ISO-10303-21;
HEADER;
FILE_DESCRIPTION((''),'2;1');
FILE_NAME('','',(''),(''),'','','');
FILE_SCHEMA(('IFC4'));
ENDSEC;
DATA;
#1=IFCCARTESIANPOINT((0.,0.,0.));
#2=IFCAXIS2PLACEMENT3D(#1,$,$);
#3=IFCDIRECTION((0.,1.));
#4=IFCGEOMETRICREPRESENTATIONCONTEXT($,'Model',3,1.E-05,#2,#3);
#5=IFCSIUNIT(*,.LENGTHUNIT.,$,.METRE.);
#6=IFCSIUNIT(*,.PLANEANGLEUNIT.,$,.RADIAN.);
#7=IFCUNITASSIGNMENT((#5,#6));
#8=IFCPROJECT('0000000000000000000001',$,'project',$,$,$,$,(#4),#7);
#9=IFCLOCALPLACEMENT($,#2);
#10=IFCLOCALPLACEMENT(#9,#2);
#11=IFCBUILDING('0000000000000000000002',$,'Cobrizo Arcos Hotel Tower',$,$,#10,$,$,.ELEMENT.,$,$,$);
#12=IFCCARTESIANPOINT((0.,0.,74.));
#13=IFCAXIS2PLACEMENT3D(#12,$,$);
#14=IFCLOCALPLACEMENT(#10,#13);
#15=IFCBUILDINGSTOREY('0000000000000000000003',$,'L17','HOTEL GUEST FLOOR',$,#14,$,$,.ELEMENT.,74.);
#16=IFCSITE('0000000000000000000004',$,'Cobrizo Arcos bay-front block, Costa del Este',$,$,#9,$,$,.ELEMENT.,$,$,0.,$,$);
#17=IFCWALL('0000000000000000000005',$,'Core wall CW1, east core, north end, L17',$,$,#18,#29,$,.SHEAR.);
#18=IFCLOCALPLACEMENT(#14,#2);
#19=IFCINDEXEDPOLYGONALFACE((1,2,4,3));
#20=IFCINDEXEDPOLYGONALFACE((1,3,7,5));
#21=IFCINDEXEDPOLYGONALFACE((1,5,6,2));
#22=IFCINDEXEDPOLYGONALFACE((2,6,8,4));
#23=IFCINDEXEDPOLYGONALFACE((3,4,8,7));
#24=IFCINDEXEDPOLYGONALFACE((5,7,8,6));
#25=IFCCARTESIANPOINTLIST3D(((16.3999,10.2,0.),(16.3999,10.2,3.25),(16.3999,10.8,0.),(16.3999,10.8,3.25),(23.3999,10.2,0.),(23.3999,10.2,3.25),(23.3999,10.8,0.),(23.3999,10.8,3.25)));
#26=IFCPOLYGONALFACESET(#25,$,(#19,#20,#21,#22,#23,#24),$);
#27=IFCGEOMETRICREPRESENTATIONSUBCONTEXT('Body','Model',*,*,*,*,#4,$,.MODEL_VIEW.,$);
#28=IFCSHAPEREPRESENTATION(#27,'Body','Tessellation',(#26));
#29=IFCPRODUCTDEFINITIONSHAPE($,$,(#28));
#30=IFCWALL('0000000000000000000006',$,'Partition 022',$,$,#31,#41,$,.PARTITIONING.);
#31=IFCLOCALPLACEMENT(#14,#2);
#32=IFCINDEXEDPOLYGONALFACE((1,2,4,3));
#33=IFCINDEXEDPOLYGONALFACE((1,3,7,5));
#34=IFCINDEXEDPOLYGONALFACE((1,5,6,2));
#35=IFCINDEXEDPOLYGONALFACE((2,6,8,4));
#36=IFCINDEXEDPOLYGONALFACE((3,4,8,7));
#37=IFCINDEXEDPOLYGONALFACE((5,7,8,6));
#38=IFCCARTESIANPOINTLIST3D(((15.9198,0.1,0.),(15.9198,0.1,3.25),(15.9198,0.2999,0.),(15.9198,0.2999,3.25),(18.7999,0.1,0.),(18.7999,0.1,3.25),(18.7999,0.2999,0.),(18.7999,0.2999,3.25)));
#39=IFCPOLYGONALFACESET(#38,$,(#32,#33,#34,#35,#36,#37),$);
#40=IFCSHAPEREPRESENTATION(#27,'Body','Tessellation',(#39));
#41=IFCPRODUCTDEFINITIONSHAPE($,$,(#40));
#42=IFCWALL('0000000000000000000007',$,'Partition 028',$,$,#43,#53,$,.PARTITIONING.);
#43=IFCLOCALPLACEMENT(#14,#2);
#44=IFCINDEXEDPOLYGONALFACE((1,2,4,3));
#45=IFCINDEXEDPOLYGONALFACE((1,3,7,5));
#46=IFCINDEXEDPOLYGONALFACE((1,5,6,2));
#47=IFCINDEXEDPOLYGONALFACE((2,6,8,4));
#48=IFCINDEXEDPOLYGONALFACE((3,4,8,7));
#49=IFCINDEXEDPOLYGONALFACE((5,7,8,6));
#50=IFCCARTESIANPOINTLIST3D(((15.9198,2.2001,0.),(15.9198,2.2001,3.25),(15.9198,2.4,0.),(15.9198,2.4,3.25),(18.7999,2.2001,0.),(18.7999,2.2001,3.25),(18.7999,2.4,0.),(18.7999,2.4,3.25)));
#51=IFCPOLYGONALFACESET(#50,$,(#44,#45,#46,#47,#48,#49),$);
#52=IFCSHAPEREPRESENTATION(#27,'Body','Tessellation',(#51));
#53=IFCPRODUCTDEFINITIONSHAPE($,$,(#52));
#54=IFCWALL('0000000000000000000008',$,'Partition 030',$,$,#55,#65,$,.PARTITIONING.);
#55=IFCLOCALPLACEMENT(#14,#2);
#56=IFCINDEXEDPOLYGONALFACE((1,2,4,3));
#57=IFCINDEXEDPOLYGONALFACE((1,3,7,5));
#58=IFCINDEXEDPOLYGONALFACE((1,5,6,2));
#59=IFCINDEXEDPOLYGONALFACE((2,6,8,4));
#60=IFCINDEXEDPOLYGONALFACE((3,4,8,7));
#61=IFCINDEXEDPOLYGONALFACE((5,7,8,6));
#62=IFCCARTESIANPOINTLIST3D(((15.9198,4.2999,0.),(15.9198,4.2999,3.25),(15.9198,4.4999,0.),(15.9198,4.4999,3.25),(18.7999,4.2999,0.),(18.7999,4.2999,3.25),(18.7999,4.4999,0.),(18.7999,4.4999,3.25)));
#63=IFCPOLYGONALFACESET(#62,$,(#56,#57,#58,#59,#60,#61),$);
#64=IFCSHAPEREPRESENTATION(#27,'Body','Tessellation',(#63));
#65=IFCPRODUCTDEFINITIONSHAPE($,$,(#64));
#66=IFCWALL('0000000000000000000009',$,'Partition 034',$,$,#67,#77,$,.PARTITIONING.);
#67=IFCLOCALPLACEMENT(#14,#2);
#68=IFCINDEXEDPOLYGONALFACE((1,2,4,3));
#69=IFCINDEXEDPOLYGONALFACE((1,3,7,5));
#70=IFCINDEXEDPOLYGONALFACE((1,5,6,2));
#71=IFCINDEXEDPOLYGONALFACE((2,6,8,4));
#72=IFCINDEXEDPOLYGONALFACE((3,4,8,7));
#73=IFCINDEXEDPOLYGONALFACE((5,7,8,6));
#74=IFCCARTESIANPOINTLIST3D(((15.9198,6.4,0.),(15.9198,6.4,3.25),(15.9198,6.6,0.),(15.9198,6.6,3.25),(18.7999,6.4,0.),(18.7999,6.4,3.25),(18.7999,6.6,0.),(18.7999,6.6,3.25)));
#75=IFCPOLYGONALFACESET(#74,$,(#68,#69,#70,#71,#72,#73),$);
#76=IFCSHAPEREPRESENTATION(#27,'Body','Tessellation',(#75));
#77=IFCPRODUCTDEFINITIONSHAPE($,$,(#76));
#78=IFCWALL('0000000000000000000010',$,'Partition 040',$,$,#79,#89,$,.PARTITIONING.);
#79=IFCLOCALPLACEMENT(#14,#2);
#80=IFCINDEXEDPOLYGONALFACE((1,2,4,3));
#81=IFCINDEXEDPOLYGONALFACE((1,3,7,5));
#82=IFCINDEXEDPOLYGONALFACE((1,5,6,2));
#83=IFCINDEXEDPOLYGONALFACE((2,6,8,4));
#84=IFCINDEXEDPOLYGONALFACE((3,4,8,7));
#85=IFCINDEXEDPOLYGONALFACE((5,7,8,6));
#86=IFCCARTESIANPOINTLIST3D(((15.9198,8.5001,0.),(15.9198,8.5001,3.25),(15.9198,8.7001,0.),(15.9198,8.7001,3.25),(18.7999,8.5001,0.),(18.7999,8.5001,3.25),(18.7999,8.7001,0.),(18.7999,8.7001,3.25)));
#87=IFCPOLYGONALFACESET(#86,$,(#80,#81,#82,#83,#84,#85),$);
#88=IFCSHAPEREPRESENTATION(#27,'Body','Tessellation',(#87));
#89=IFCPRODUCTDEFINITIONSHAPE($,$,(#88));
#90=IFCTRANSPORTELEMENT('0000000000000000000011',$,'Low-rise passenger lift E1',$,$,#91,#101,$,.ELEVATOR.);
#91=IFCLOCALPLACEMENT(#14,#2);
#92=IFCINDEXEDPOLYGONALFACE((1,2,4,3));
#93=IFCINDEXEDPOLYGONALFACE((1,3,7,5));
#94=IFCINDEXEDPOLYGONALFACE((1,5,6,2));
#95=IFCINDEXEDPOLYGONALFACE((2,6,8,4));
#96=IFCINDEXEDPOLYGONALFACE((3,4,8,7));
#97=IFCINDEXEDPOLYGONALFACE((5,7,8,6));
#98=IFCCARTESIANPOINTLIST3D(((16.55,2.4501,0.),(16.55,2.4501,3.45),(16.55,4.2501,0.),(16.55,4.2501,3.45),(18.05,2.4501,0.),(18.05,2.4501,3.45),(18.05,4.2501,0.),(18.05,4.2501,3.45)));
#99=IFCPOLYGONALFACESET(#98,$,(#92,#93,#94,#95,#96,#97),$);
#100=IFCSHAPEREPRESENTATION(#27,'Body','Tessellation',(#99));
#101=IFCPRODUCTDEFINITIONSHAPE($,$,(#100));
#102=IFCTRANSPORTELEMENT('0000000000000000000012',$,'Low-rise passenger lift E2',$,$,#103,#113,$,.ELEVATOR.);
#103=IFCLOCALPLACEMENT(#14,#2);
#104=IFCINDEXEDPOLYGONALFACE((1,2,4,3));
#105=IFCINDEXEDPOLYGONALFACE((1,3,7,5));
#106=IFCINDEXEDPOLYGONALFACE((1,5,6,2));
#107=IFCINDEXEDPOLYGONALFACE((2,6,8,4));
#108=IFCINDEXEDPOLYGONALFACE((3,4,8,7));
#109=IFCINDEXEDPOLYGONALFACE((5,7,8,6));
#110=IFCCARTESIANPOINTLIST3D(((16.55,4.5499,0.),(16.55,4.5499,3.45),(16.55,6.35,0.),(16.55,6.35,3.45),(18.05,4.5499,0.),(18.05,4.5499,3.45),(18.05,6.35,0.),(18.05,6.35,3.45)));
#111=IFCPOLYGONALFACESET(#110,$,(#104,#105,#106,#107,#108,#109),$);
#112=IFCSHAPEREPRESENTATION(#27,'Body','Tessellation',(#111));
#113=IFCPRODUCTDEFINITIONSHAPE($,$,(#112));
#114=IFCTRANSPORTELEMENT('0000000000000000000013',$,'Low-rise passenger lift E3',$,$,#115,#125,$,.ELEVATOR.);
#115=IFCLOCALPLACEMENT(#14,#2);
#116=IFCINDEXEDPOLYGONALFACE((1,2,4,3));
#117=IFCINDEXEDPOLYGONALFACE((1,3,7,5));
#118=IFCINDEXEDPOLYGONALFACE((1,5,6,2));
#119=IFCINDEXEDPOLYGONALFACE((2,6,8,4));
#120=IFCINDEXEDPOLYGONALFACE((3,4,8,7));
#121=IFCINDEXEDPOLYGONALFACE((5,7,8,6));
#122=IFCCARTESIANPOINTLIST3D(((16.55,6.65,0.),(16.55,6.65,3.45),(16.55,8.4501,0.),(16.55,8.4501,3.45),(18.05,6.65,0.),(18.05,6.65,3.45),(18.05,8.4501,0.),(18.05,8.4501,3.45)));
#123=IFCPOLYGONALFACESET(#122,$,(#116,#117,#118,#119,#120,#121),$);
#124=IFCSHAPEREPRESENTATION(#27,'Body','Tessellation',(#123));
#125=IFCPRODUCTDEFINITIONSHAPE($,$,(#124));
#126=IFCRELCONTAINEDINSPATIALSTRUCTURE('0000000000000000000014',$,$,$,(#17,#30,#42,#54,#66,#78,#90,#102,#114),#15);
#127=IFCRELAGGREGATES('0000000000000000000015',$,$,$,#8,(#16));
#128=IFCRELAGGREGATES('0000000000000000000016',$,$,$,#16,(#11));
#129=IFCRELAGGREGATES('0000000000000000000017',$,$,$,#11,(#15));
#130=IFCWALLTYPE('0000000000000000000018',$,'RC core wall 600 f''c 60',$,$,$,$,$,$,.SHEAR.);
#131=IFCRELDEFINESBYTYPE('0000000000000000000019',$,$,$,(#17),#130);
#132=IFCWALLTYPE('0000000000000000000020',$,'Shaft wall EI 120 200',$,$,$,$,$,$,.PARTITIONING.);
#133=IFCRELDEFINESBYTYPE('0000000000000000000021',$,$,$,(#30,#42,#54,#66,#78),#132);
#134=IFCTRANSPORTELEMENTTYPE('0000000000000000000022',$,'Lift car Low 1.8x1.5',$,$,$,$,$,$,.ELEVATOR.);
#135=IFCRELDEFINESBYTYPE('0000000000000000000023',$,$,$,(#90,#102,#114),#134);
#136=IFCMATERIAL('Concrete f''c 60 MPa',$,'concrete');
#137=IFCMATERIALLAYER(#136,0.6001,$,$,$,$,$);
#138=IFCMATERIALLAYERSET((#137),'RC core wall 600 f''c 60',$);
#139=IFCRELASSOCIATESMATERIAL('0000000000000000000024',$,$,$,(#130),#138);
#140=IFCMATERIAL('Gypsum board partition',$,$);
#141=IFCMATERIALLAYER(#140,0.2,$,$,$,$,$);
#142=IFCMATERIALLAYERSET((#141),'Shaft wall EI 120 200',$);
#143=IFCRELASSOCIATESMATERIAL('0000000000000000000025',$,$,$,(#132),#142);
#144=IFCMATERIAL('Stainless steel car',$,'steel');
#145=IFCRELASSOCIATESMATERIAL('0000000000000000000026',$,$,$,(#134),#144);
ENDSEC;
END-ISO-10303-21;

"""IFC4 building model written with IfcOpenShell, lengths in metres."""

from ifc_helpers import new_model, si_unit, direction, frame, frame_2d, origin, origin_2d, place, context, subcontext, project, spatial, rectangle, extrude, material, layer, layer_set, type_object, element, save


model = new_model("IFC4")

# Units and contexts
model_context = context("Model", 3, precision=1e-05, world=origin(), true_north=direction((0.0, 1.0)))
body_context = subcontext(model_context, "Body", "Model", "MODEL_VIEW")
ifc_project = project(units=[si_unit("LENGTHUNIT", "METRE"), si_unit("PLANEANGLEUNIT", "RADIAN")], contexts=[model_context])

# Site, building, storey
site_placement = place(None, origin())
site = spatial("IfcSite", under=ifc_project, at=site_placement, Name="Cobrizo Arcos bay-front block, Costa del Este", CompositionType="ELEMENT", RefElevation=0.0)
building_placement = place(site_placement, origin())
building = spatial("IfcBuilding", under=site, at=building_placement, Name="Cobrizo Arcos Hotel Tower", CompositionType="ELEMENT")
storey_placement = place(building_placement, frame((0.0, 0.0, 74.0)))
storey = spatial("IfcBuildingStorey", under=building, at=storey_placement, Name="L17", Description="HOTEL GUEST FLOOR", CompositionType="ELEMENT", Elevation=74.0)

# Shared definitions
ifc_material_1 = material(Name="Gypsum board partition")

# Walls
ifc_material_2 = material(Name="Concrete f'c 60 MPa", Category="concrete")
ifc_layer_1 = layer(ifc_material_2, 0.6001)
ifc_layer_set_1 = layer_set([ifc_layer_1], Name="RC core wall 600 f'c 60")
wall_type_1 = type_object("IfcWallType", Name="RC core wall 600 f'c 60", PredefinedType="SHEAR", material=ifc_layer_set_1)
wall_1_placement = place(storey_placement, frame((16.3999, 10.5, 0.0), z_axis=(0.0, 0.0, 1.0), x_axis=(1.0, 0.0, 0.0)))
element("IfcWall", 1, at=wall_1_placement, inside=storey, type_object=wall_type_1, Name="Core wall CW1, east core, north end, L17", PredefinedType="SHEAR", context=body_context, shape_type="SweptSolid", body=[
    extrude(rectangle(XDim=7.0, YDim=0.6001, at=frame_2d((3.5, 0.0))), origin(), (0.0, 0.0, 1.0), 3.25),
])
ifc_layer_2 = layer(ifc_material_1, 0.2)
ifc_layer_set_2 = layer_set([ifc_layer_2], Name="Shaft wall EI 120 200")
wall_type_2 = type_object("IfcWallType", Name="Shaft wall EI 120 200", PredefinedType="PARTITIONING", material=ifc_layer_set_2)
for number, where, z_axis, x_axis, name in (
    (2, (15.9199, 0.2, 0.0), (0.0, 0.0, 1.0), (1.0, 0.0, 0.0), "Partition 022"),
    (3, (15.9199, 2.3, 0.0), (0.0, 0.0, 1.0), (1.0, 0.0, 0.0), "Partition 028"),
    (4, (15.9199, 4.3999, 0.0), (0.0, 0.0, 1.0), (1.0, 0.0, 0.0), "Partition 030"),
    (5, (15.9199, 6.5, 0.0), (0.0, 0.0, 1.0), (1.0, 0.0, 0.0), "Partition 034"),
    (6, (15.9199, 8.6001, 0.0), (0.0, 0.0, 1.0), (1.0, 0.0, 0.0), "Partition 040"),
):
    element("IfcWall", number, at=place(storey_placement, frame(where, z_axis=z_axis, x_axis=x_axis)), inside=storey, type_object=wall_type_2, Name=name, PredefinedType="PARTITIONING", context=body_context, shape_type="SweptSolid", body=[
        extrude(rectangle(XDim=2.8801, YDim=0.2, at=frame_2d((1.4399, 0.0))), origin(), (0.0, 0.0, 1.0), 3.25),
    ])

# Transport elements
ifc_material_3 = material(Name="Stainless steel car", Category="steel")
transport_element_type = type_object("IfcTransportElementType", Name="Lift car Low 1.8x1.5", PredefinedType="ELEVATOR", material=ifc_material_3)
for number, where, z_axis, x_axis, name in (
    (7, (17.3, 3.3501, 0.0), (0.0, 0.0, 1.0), (1.0, 0.0, 0.0), "Low-rise passenger lift E1"),
    (8, (17.3, 5.45, 0.0), (0.0, 0.0, 1.0), (1.0, 0.0, 0.0), "Low-rise passenger lift E2"),
    (9, (17.3, 7.55, 0.0), (0.0, 0.0, 1.0), (1.0, 0.0, 0.0), "Low-rise passenger lift E3"),
):
    element("IfcTransportElement", number, at=place(storey_placement, frame(where, z_axis=z_axis, x_axis=x_axis)), inside=storey, type_object=transport_element_type, Name=name, PredefinedType="ELEVATOR", context=body_context, shape_type="SweptSolid", body=[
        extrude(rectangle(XDim=1.5, YDim=1.8, at=origin_2d()), origin(), (0.0, 0.0, 1.0), 3.45),
    ])

save(model, "model.ifc")
